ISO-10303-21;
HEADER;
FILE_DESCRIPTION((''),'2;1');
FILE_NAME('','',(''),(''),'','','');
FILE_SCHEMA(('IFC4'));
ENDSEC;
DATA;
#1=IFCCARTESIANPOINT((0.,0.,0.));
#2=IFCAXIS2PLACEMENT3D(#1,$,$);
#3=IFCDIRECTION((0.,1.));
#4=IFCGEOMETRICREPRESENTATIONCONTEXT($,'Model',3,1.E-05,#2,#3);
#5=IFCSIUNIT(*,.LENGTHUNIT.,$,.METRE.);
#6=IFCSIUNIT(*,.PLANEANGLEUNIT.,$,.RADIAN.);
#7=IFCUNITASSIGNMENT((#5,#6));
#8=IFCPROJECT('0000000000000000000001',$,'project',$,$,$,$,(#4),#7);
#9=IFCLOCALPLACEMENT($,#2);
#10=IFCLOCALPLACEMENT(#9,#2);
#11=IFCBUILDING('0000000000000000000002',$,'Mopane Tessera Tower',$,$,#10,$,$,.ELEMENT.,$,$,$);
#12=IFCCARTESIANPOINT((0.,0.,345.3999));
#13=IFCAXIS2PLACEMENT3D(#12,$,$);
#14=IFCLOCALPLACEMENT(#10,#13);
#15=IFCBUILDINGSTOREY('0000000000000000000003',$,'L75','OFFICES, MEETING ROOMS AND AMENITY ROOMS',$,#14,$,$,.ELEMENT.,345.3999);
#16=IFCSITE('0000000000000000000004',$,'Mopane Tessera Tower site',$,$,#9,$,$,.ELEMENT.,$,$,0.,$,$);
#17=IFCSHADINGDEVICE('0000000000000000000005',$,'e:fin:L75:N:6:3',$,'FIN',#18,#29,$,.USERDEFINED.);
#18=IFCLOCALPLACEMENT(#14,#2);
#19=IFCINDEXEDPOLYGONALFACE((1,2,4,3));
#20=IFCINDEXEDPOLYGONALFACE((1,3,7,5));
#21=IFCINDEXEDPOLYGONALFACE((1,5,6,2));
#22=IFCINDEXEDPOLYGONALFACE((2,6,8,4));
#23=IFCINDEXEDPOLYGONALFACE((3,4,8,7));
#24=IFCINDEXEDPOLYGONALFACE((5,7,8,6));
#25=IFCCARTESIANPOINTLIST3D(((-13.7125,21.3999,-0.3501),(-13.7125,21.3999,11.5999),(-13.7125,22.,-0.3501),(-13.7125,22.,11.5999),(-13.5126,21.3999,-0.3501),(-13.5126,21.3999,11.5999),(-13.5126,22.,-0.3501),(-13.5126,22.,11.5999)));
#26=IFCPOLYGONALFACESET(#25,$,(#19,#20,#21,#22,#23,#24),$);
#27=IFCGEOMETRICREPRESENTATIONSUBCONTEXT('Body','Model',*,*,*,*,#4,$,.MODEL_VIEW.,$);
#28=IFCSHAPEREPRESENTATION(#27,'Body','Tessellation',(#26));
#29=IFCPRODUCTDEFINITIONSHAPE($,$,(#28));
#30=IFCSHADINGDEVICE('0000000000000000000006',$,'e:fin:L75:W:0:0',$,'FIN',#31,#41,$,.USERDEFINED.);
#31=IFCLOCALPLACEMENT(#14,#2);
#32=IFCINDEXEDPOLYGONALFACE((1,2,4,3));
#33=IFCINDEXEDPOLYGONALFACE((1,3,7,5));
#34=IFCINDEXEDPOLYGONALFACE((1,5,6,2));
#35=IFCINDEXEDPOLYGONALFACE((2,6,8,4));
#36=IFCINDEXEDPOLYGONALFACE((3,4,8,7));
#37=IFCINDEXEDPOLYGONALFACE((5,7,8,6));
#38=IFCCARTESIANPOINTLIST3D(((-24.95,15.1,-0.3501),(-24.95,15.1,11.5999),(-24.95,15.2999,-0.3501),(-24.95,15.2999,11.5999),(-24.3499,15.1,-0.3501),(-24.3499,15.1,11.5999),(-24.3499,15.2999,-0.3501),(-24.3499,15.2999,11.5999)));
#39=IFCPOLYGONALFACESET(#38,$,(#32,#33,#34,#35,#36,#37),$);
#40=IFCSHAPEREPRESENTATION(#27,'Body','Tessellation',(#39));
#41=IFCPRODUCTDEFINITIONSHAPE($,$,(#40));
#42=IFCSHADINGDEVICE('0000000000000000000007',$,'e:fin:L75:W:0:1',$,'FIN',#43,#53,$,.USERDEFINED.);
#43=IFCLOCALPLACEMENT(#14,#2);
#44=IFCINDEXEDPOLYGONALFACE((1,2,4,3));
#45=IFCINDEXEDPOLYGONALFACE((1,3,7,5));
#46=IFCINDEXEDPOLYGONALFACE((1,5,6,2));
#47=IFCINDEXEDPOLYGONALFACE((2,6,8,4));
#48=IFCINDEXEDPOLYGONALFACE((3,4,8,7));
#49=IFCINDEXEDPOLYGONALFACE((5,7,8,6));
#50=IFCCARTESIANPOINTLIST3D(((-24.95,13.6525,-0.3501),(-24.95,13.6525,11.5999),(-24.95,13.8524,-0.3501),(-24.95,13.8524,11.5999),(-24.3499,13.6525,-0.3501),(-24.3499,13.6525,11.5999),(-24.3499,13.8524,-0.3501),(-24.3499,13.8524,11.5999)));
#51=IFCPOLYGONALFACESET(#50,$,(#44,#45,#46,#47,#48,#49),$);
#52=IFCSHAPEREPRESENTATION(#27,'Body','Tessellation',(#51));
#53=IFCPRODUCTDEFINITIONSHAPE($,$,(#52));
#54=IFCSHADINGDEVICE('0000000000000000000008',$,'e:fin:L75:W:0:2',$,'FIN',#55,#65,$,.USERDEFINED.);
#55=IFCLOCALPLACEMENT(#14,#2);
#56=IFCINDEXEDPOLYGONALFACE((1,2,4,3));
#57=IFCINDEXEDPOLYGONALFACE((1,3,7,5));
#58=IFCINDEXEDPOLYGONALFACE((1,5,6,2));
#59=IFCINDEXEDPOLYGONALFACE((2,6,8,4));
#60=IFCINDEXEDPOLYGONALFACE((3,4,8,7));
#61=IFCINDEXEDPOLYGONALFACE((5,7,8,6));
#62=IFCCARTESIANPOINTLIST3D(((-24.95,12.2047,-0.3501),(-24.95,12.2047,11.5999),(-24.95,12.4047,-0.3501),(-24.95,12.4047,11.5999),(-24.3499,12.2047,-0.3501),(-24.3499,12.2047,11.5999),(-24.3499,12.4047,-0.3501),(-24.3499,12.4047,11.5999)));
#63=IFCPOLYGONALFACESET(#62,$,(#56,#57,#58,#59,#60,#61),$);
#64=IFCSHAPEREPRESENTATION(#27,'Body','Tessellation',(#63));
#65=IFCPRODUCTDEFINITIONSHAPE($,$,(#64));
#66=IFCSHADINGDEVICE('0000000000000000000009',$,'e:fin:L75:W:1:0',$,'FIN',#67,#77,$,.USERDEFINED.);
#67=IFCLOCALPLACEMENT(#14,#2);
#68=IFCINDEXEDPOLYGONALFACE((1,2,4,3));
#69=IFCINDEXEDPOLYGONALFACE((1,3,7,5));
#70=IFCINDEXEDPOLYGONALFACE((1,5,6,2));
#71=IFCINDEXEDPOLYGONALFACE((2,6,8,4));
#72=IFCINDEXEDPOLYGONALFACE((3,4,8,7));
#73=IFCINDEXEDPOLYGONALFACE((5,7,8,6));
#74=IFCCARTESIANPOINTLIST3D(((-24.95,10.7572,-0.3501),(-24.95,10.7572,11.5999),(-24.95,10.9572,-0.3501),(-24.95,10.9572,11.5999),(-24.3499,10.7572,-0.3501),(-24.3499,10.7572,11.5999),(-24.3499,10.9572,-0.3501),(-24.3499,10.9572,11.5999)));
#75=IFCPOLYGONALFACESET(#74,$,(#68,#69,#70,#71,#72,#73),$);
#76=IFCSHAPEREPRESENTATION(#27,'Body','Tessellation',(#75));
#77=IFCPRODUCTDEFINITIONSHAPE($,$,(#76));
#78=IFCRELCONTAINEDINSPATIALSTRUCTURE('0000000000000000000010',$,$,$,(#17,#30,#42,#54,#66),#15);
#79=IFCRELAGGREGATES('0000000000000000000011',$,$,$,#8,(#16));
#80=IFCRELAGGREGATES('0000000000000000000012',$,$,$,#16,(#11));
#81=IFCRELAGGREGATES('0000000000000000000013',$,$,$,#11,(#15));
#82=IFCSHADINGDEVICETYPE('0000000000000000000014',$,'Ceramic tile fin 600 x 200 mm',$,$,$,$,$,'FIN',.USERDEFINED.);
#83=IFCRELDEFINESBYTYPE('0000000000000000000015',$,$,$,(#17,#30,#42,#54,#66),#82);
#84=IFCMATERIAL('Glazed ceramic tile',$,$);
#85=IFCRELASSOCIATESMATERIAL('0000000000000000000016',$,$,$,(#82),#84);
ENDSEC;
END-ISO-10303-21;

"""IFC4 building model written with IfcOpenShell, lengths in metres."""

from ifc_helpers import new_model, si_unit, direction, frame, origin, origin_2d, place, context, subcontext, project, spatial, rectangle, extrude, material, type_object, element, save


model = new_model("IFC4")

# Units and contexts
model_context = context("Model", 3, precision=1e-05, world=origin(), true_north=direction((0.0, 1.0)))
body_context = subcontext(model_context, "Body", "Model", "MODEL_VIEW")
ifc_project = project(units=[si_unit("LENGTHUNIT", "METRE"), si_unit("PLANEANGLEUNIT", "RADIAN")], contexts=[model_context])

# Site, building, storey
site_placement = place(None, origin())
site = spatial("IfcSite", under=ifc_project, at=site_placement, Name="Mopane Tessera Tower site", CompositionType="ELEMENT", RefElevation=0.0)
building_placement = place(site_placement, origin())
building = spatial("IfcBuilding", under=site, at=building_placement, Name="Mopane Tessera Tower", CompositionType="ELEMENT")
storey_placement = place(building_placement, frame((0.0, 0.0, 345.3999)))
storey = spatial("IfcBuildingStorey", under=building, at=storey_placement, Name="L75", Description="OFFICES, MEETING ROOMS AND AMENITY ROOMS", CompositionType="ELEMENT", Elevation=345.3999)

# Shading devices
ifc_material_1 = material(Name="Glazed ceramic tile")
shading_device_type = type_object("IfcShadingDeviceType", Name="Ceramic tile fin 600 x 200 mm", ElementType="FIN", PredefinedType="USERDEFINED", material=ifc_material_1)
for number, where, z_axis, x_axis, name in (
    (1, (-13.6125, 21.7, -0.3501), (0.0, 0.0, 1.0), (-1.0, 0.0, 0.0), "e:fin:L75:N:6:3"),
    (2, (-24.6499, 15.2, -0.3501), (0.0, 0.0, 1.0), (0.0, -1.0, 0.0), "e:fin:L75:W:0:0"),
    (3, (-24.6499, 13.7524, -0.3501), (0.0, 0.0, 1.0), (0.0, -1.0, 0.0), "e:fin:L75:W:0:1"),
    (4, (-24.6499, 12.3047, -0.3501), (0.0, 0.0, 1.0), (0.0, -1.0, 0.0), "e:fin:L75:W:0:2"),
    (5, (-24.6499, 10.8572, -0.3501), (0.0, 0.0, 1.0), (0.0, -1.0, 0.0), "e:fin:L75:W:1:0"),
):
    element("IfcShadingDevice", number, at=place(storey_placement, frame(where, z_axis=z_axis, x_axis=x_axis)), inside=storey, type_object=shading_device_type, Name=name, ObjectType="FIN", PredefinedType="USERDEFINED", context=body_context, shape_type="SweptSolid", body=[
        extrude(rectangle(XDim=0.2, YDim=0.6001, at=origin_2d()), origin(), (0.0, 0.0, 1.0), 11.95),
    ])

save(model, "model.ifc")
